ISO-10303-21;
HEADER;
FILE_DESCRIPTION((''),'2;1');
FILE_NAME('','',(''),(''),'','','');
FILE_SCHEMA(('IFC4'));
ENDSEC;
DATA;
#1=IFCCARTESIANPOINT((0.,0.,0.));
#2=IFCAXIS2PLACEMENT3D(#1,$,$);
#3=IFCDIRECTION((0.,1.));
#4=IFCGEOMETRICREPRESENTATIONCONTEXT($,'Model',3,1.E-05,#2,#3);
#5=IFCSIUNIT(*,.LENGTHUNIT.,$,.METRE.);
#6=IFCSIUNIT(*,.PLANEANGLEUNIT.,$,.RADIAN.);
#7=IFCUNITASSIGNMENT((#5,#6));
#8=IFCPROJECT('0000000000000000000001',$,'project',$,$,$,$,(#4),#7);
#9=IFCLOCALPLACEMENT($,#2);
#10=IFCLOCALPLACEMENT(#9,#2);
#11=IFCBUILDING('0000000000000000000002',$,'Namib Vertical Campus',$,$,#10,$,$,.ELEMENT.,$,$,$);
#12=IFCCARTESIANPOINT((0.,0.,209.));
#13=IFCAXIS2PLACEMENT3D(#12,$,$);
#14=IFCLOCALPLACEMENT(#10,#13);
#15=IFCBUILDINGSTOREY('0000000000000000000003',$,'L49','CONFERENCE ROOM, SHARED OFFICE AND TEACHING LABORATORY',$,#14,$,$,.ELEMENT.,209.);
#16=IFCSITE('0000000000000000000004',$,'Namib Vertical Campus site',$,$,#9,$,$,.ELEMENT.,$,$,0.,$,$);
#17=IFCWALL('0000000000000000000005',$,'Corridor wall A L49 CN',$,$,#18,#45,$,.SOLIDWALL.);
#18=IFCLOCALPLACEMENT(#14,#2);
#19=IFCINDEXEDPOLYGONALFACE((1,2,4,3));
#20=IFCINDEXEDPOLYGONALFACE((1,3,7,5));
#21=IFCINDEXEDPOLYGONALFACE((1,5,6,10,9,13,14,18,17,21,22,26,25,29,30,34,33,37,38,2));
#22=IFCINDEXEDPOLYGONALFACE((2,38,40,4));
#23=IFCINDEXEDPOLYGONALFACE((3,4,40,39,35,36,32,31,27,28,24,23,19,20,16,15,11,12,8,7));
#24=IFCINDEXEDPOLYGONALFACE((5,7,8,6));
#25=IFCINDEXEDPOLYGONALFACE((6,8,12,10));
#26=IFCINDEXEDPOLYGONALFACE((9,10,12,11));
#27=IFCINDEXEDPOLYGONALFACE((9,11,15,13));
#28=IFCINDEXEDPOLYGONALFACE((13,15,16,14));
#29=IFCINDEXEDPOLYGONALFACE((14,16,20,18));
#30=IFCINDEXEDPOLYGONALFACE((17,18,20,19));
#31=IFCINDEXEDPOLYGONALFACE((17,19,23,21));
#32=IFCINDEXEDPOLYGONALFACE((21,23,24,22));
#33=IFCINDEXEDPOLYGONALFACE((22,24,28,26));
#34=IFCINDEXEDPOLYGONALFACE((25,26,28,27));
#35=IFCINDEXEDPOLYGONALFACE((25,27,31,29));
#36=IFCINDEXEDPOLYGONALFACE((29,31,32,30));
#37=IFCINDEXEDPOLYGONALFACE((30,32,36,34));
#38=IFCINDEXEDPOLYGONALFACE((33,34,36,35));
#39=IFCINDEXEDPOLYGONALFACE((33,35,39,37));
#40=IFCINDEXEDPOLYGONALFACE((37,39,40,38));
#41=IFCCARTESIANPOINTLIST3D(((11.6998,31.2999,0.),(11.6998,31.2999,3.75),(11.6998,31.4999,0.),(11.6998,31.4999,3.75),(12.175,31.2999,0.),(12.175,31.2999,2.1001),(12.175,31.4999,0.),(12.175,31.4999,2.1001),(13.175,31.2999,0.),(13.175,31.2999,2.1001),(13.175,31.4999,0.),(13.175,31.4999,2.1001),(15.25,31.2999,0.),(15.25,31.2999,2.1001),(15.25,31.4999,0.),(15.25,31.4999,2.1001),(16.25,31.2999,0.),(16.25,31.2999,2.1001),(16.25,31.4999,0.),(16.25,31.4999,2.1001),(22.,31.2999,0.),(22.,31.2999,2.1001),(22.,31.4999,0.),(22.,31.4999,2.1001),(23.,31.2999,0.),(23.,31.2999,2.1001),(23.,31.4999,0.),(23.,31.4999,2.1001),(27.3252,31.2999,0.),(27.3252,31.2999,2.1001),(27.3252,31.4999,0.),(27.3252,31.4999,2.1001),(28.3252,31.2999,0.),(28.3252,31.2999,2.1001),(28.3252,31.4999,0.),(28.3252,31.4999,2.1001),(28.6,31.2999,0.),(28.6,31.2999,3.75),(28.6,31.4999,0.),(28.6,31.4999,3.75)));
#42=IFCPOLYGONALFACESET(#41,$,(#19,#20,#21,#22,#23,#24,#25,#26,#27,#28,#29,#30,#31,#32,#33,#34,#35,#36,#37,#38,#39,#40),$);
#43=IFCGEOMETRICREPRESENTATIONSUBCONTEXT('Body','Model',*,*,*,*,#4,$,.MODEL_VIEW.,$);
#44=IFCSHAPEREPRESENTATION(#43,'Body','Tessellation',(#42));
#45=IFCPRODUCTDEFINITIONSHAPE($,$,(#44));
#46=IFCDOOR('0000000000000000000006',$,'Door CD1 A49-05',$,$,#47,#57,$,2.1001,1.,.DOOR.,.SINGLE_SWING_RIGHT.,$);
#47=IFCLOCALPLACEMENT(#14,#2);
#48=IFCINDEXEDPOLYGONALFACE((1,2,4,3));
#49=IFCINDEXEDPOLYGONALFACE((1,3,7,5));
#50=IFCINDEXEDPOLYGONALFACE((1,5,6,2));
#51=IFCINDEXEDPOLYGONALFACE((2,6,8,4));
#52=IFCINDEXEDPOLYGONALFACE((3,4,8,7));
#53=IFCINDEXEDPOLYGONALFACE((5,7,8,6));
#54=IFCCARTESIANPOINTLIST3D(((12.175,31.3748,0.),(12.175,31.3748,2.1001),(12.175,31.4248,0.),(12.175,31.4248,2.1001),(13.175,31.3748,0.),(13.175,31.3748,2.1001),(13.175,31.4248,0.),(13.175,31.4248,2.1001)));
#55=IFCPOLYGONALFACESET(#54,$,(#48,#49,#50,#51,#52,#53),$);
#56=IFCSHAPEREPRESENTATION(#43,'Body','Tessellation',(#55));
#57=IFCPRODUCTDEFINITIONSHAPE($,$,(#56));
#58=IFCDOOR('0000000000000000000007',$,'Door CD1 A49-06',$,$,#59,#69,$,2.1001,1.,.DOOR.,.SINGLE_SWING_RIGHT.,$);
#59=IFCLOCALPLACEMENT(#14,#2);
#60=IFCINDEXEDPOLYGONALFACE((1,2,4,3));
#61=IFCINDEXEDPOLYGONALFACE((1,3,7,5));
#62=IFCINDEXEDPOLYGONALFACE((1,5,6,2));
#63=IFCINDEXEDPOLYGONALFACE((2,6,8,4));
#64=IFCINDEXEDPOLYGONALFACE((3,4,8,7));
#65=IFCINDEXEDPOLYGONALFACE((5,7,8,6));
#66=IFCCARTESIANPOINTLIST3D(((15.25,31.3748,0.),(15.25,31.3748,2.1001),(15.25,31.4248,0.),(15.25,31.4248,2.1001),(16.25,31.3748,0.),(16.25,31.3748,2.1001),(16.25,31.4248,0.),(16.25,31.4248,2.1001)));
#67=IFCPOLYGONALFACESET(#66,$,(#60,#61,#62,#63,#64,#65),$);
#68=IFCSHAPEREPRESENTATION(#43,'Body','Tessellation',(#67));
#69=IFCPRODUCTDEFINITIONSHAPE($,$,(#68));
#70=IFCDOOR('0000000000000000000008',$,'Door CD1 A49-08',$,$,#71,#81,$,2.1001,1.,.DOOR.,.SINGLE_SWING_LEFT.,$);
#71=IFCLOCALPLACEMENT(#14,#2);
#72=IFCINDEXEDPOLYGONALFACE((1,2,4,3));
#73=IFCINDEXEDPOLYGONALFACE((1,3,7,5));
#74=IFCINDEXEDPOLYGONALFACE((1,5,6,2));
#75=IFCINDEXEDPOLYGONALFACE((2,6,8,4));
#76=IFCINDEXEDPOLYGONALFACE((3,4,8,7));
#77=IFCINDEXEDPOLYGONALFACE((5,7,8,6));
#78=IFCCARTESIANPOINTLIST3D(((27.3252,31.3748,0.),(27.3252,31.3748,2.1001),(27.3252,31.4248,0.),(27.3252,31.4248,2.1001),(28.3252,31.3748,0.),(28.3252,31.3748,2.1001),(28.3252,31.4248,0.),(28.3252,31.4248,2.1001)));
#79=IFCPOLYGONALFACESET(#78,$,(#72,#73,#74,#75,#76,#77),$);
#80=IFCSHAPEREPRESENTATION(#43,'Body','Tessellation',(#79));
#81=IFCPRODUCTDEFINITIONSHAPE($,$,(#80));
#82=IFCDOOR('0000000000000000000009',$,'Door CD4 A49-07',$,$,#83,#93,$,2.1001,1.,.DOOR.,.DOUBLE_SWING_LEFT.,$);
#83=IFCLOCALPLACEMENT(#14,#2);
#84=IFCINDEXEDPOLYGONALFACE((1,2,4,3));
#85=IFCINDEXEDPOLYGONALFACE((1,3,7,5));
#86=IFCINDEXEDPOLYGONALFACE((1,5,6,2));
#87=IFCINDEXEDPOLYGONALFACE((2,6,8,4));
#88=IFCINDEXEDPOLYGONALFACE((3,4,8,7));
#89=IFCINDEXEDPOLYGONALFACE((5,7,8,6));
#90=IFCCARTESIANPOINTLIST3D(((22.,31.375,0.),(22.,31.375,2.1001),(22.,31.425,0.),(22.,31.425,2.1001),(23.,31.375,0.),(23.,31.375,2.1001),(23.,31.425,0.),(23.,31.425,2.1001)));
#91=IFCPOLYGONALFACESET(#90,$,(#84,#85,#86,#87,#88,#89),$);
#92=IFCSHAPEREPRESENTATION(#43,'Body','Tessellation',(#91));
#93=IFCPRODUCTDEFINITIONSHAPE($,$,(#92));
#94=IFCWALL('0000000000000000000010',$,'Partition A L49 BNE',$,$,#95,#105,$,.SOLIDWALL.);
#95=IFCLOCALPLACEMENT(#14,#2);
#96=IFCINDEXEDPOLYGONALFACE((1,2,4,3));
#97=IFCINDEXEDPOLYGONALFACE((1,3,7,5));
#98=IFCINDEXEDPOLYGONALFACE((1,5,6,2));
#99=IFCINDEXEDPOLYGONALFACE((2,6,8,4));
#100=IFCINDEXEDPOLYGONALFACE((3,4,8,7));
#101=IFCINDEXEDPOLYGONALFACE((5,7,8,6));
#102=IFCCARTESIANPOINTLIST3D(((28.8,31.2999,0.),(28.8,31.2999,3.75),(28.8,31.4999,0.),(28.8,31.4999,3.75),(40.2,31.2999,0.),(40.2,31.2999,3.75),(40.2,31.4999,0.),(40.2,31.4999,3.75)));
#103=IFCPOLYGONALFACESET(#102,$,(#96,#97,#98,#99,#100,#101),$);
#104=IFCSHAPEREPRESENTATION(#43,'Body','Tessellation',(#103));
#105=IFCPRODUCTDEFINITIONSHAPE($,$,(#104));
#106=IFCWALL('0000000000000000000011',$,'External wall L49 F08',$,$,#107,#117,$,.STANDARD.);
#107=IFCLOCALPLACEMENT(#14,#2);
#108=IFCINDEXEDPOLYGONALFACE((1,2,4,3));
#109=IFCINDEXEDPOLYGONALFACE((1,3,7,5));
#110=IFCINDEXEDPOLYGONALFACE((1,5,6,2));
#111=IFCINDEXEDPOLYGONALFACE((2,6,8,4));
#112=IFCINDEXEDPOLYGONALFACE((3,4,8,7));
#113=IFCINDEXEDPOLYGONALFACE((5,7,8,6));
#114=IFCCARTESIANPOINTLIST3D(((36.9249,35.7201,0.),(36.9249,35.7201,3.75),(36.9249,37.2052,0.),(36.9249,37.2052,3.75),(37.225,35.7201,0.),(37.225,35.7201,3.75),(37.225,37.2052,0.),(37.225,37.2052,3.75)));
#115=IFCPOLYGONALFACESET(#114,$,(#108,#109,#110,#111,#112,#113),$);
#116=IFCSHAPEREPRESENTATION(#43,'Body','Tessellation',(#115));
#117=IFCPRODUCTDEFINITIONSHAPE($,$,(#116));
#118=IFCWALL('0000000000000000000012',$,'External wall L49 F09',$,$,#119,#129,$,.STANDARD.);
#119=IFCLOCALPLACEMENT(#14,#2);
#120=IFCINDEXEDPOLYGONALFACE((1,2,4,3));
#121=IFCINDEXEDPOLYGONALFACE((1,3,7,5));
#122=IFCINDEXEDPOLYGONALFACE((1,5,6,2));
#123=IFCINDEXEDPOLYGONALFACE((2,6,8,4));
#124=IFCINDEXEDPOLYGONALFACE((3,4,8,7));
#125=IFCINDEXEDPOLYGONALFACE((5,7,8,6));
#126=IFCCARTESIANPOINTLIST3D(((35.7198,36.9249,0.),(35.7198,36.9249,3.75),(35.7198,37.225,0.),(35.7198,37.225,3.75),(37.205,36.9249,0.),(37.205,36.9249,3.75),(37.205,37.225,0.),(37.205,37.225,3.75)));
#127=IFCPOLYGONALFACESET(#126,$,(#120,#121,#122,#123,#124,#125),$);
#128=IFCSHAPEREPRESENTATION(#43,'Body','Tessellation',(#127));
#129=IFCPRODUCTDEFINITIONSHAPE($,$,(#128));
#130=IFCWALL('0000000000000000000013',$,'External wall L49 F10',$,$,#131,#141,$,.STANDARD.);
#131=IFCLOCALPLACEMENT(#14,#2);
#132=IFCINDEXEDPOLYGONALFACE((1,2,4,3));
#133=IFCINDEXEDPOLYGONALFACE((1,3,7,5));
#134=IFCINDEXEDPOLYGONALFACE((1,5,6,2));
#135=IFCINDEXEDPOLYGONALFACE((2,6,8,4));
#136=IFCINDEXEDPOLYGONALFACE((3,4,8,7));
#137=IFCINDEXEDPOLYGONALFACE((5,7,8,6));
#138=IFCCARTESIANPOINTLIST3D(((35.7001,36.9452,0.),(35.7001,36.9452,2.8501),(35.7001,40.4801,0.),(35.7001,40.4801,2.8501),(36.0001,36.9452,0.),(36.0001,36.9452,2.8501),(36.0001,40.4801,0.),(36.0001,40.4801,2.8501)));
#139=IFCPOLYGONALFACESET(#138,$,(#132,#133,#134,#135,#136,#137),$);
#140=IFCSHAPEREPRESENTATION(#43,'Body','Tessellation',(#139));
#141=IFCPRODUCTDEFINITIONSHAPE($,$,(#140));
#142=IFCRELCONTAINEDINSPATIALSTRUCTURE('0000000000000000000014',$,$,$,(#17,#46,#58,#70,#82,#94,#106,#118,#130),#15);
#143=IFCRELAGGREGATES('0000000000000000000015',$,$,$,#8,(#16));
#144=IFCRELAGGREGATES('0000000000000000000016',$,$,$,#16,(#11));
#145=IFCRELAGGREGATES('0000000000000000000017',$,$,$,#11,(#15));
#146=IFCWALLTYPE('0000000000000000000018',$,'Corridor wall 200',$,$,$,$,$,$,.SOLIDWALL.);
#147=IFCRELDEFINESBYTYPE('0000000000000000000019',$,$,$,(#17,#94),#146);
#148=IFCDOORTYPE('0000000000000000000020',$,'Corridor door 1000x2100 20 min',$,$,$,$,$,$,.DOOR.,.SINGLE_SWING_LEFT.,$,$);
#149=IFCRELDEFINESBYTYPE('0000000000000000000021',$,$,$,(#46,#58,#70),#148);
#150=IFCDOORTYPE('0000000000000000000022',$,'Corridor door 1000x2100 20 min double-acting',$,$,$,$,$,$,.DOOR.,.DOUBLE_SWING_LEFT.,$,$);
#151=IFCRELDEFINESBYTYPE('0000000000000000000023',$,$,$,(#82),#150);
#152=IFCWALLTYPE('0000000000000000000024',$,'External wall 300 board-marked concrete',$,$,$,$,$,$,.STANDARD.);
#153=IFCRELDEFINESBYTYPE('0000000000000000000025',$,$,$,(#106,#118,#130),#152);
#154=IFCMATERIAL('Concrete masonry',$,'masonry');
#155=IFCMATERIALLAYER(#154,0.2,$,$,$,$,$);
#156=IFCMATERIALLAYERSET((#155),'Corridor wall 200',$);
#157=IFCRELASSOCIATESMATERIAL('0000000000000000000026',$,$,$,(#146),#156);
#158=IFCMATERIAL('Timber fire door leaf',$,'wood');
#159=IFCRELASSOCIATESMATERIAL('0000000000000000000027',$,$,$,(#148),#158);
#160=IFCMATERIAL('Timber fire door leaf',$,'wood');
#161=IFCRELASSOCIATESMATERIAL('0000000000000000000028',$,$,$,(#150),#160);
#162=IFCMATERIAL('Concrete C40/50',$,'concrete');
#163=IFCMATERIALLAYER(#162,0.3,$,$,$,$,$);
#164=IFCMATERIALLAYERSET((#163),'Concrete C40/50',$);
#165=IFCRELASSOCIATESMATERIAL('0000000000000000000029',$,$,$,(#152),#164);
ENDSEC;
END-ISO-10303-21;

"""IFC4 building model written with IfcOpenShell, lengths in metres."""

from ifc_helpers import new_model, si_unit, direction, frame, frame_2d, origin, place, context, subcontext, project, spatial, rectangle, extrude, material, layer, layer_set, type_object, element, fill, save


model = new_model("IFC4")

# Units and contexts
model_context = context("Model", 3, precision=1e-05, world=origin(), true_north=direction((0.0, 1.0)))
body_context = subcontext(model_context, "Body", "Model", "MODEL_VIEW")
ifc_project = project(units=[si_unit("LENGTHUNIT", "METRE"), si_unit("PLANEANGLEUNIT", "RADIAN")], contexts=[model_context])

# Site, building, storey
site_placement = place(None, origin())
site = spatial("IfcSite", under=ifc_project, at=site_placement, Name="Namib Vertical Campus site", CompositionType="ELEMENT", RefElevation=0.0)
building_placement = place(site_placement, origin())
building = spatial("IfcBuilding", under=site, at=building_placement, Name="Namib Vertical Campus", CompositionType="ELEMENT")
storey_placement = place(building_placement, frame((0.0, 0.0, 209.0)))
storey = spatial("IfcBuildingStorey", under=building, at=storey_placement, Name="L49", Description="CONFERENCE ROOM, SHARED OFFICE AND TEACHING LABORATORY", CompositionType="ELEMENT", Elevation=209.0)

# Wall, openings, doors
ifc_material_1 = material(Name="Concrete masonry", Category="masonry")
ifc_layer_1 = layer(ifc_material_1, 0.2)
ifc_layer_set_1 = layer_set([ifc_layer_1], Name="Corridor wall 200")
wall_type_1 = type_object("IfcWallType", Name="Corridor wall 200", PredefinedType="SOLIDWALL", material=ifc_layer_set_1)
wall_1_placement = place(storey_placement, frame((28.6001, 31.3999, 0.0), z_axis=(0.0, 0.0, 1.0), x_axis=(-1.0, 0.0, 0.0)))
wall_1 = element("IfcWall", 1, at=wall_1_placement, inside=storey, type_object=wall_type_1, Name="Corridor wall A L49 CN", PredefinedType="SOLIDWALL", context=body_context, shape_type="SweptSolid", body=[
    extrude(rectangle(XDim=16.9001, YDim=0.2, at=frame_2d((8.4502, 0.0))), origin(), (0.0, 0.0, 1.0), 3.75),
])
opening_1_placement = place(wall_1_placement, frame((15.425, 0.0, 0.0)))
opening_1 = element("IfcOpeningElement", 2, at=opening_1_placement, cuts=wall_1, PredefinedType="OPENING", context=body_context, shape_type="SweptSolid", body=[
    extrude(rectangle(XDim=1.0, YDim=2.1001, at=frame_2d((0.5, 1.05))), frame((0.0, 0.1099, 0.0), z_axis=(0.0, -1.0, 0.0), x_axis=(1.0, 0.0, 0.0)), (0.0, 0.0, 1.0), 0.22),
])
opening_2_placement = place(wall_1_placement, frame((12.3501, 0.0, 0.0)))
opening_2 = element("IfcOpeningElement", 3, at=opening_2_placement, cuts=wall_1, PredefinedType="OPENING", context=body_context, shape_type="SweptSolid", body=[
    extrude(rectangle(XDim=1.0, YDim=2.1001, at=frame_2d((0.5, 1.05))), frame((0.0, 0.1099, 0.0), z_axis=(0.0, -1.0, 0.0), x_axis=(1.0, 0.0, 0.0)), (0.0, 0.0, 1.0), 0.22),
])
opening_3_placement = place(wall_1_placement, frame((5.6001, 0.0, 0.0)))
opening_3 = element("IfcOpeningElement", 4, at=opening_3_placement, cuts=wall_1, PredefinedType="OPENING", context=body_context, shape_type="SweptSolid", body=[
    extrude(rectangle(XDim=1.0, YDim=2.1001, at=frame_2d((0.5, 1.05))), frame((0.0, 0.1099, 0.0), z_axis=(0.0, -1.0, 0.0), x_axis=(1.0, 0.0, 0.0)), (0.0, 0.0, 1.0), 0.22),
])
opening_4_placement = place(wall_1_placement, frame((0.2749, 0.0, 0.0)))
opening_4 = element("IfcOpeningElement", 5, at=opening_4_placement, cuts=wall_1, PredefinedType="OPENING", context=body_context, shape_type="SweptSolid", body=[
    extrude(rectangle(XDim=1.0, YDim=2.1001, at=frame_2d((0.5, 1.05))), frame((0.0, 0.1099, 0.0), z_axis=(0.0, -1.0, 0.0), x_axis=(1.0, 0.0, 0.0)), (0.0, 0.0, 1.0), 0.22),
])
ifc_material_2 = material(Name="Timber fire door leaf", Category="wood")
door_type_1 = type_object("IfcDoorType", Name="Corridor door 1000x2100 20 min", OperationType="SINGLE_SWING_LEFT", PredefinedType="DOOR", material=ifc_material_2)
door_1_placement = place(opening_1_placement, frame((1.0, 0.0, 0.0), z_axis=(0.0, 0.0, 1.0), x_axis=(-1.0, 0.0, 0.0)))
door_1 = element("IfcDoor", 6, at=door_1_placement, inside=storey, type_object=door_type_1, Name="Door CD1 A49-05", OperationType="SINGLE_SWING_RIGHT", OverallHeight=2.1001, OverallWidth=1.0, PredefinedType="DOOR", context=body_context, shape_type="SweptSolid", body=[
    extrude(rectangle(XDim=1.0, YDim=2.1001, at=frame_2d((0.5, 1.05))), frame((0.0, 0.0249, 0.0), z_axis=(0.0, -1.0, 0.0), x_axis=(1.0, 0.0, 0.0)), (0.0, 0.0, 1.0), 0.05),
])
fill(opening_1, door_1)
door_2_placement = place(opening_2_placement, frame((1.0, 0.0, 0.0), z_axis=(0.0, 0.0, 1.0), x_axis=(-1.0, 0.0, 0.0)))
door_2 = element("IfcDoor", 7, at=door_2_placement, inside=storey, type_object=door_type_1, Name="Door CD1 A49-06", OperationType="SINGLE_SWING_RIGHT", OverallHeight=2.1001, OverallWidth=1.0, PredefinedType="DOOR", context=body_context, shape_type="SweptSolid", body=[
    extrude(rectangle(XDim=1.0, YDim=2.1001, at=frame_2d((0.5, 1.05))), frame((0.0, 0.0249, 0.0), z_axis=(0.0, -1.0, 0.0), x_axis=(1.0, 0.0, 0.0)), (0.0, 0.0, 1.0), 0.05),
])
fill(opening_2, door_2)
door_3_placement = place(opening_4_placement, frame((1.0, 0.0, 0.0), z_axis=(0.0, 0.0, 1.0), x_axis=(-1.0, 0.0, 0.0)))
door_3 = element("IfcDoor", 8, at=door_3_placement, inside=storey, type_object=door_type_1, Name="Door CD1 A49-08", OperationType="SINGLE_SWING_LEFT", OverallHeight=2.1001, OverallWidth=1.0, PredefinedType="DOOR", context=body_context, shape_type="SweptSolid", body=[
    extrude(rectangle(XDim=1.0, YDim=2.1001, at=frame_2d((0.5, 1.05))), frame((0.0, 0.0249, 0.0), z_axis=(0.0, -1.0, 0.0), x_axis=(1.0, 0.0, 0.0)), (0.0, 0.0, 1.0), 0.05),
])
fill(opening_4, door_3)
ifc_material_3 = material(Name="Timber fire door leaf", Category="wood")
door_type_2 = type_object("IfcDoorType", Name="Corridor door 1000x2100 20 min double-acting", OperationType="DOUBLE_SWING_LEFT", PredefinedType="DOOR", material=ifc_material_3)
door_4_placement = place(opening_3_placement, origin())
door_4 = element("IfcDoor", 9, at=door_4_placement, inside=storey, type_object=door_type_2, Name="Door CD4 A49-07", OperationType="DOUBLE_SWING_LEFT", OverallHeight=2.1001, OverallWidth=1.0, PredefinedType="DOOR", context=body_context, shape_type="SweptSolid", body=[
    extrude(rectangle(XDim=1.0, YDim=2.1001, at=frame_2d((0.5, 1.05))), frame((0.0, 0.0249, 0.0), z_axis=(0.0, -1.0, 0.0), x_axis=(1.0, 0.0, 0.0)), (0.0, 0.0, 1.0), 0.05),
])
fill(opening_3, door_4)

# Walls
wall_2_placement = place(storey_placement, frame((28.8, 31.3999, 0.0), z_axis=(0.0, 0.0, 1.0), x_axis=(1.0, 0.0, 0.0)))
element("IfcWall", 10, at=wall_2_placement, inside=storey, type_object=wall_type_1, Name="Partition A L49 BNE", PredefinedType="SOLIDWALL", context=body_context, shape_type="SweptSolid", body=[
    extrude(rectangle(XDim=11.3999, YDim=0.2, at=frame_2d((5.7, 0.0))), origin(), (0.0, 0.0, 1.0), 3.75),
])
ifc_material_4 = material(Name="Concrete C40/50", Category="concrete")
ifc_layer_2 = layer(ifc_material_4, 0.3)
ifc_layer_set_2 = layer_set([ifc_layer_2], Name="Concrete C40/50")
wall_type_2 = type_object("IfcWallType", Name="External wall 300 board-marked concrete", PredefinedType="STANDARD", material=ifc_layer_set_2)
for number, where, z_axis, x_axis, name in (
    (11, (37.075, 35.72, 0.0), (0.0, 0.0, 1.0), (0.0, 1.0, 0.0), "External wall L49 F08"),
    (12, (37.2051, 37.075, 0.0), (0.0, 0.0, 1.0), (-1.0, 0.0, 0.0), "External wall L49 F09"),
):
    element("IfcWall", number, at=place(storey_placement, frame(where, z_axis=z_axis, x_axis=x_axis)), inside=storey, type_object=wall_type_2, Name=name, PredefinedType="STANDARD", context=body_context, shape_type="SweptSolid", body=[
        extrude(rectangle(XDim=1.4851, YDim=0.3, at=frame_2d((0.7427, 0.0))), origin(), (0.0, 0.0, 1.0), 3.75),
    ])
wall_3_placement = place(storey_placement, frame((35.8501, 36.9451, 0.0), z_axis=(0.0, 0.0, 1.0), x_axis=(0.0, 1.0, 0.0)))
element("IfcWall", 13, at=wall_3_placement, inside=storey, type_object=wall_type_2, Name="External wall L49 F10", PredefinedType="STANDARD", context=body_context, shape_type="SweptSolid", body=[
    extrude(rectangle(XDim=3.5349, YDim=0.3, at=frame_2d((1.7676, 0.0))), origin(), (0.0, 0.0, 1.0), 2.8501),
])

save(model, "model.ifc")
